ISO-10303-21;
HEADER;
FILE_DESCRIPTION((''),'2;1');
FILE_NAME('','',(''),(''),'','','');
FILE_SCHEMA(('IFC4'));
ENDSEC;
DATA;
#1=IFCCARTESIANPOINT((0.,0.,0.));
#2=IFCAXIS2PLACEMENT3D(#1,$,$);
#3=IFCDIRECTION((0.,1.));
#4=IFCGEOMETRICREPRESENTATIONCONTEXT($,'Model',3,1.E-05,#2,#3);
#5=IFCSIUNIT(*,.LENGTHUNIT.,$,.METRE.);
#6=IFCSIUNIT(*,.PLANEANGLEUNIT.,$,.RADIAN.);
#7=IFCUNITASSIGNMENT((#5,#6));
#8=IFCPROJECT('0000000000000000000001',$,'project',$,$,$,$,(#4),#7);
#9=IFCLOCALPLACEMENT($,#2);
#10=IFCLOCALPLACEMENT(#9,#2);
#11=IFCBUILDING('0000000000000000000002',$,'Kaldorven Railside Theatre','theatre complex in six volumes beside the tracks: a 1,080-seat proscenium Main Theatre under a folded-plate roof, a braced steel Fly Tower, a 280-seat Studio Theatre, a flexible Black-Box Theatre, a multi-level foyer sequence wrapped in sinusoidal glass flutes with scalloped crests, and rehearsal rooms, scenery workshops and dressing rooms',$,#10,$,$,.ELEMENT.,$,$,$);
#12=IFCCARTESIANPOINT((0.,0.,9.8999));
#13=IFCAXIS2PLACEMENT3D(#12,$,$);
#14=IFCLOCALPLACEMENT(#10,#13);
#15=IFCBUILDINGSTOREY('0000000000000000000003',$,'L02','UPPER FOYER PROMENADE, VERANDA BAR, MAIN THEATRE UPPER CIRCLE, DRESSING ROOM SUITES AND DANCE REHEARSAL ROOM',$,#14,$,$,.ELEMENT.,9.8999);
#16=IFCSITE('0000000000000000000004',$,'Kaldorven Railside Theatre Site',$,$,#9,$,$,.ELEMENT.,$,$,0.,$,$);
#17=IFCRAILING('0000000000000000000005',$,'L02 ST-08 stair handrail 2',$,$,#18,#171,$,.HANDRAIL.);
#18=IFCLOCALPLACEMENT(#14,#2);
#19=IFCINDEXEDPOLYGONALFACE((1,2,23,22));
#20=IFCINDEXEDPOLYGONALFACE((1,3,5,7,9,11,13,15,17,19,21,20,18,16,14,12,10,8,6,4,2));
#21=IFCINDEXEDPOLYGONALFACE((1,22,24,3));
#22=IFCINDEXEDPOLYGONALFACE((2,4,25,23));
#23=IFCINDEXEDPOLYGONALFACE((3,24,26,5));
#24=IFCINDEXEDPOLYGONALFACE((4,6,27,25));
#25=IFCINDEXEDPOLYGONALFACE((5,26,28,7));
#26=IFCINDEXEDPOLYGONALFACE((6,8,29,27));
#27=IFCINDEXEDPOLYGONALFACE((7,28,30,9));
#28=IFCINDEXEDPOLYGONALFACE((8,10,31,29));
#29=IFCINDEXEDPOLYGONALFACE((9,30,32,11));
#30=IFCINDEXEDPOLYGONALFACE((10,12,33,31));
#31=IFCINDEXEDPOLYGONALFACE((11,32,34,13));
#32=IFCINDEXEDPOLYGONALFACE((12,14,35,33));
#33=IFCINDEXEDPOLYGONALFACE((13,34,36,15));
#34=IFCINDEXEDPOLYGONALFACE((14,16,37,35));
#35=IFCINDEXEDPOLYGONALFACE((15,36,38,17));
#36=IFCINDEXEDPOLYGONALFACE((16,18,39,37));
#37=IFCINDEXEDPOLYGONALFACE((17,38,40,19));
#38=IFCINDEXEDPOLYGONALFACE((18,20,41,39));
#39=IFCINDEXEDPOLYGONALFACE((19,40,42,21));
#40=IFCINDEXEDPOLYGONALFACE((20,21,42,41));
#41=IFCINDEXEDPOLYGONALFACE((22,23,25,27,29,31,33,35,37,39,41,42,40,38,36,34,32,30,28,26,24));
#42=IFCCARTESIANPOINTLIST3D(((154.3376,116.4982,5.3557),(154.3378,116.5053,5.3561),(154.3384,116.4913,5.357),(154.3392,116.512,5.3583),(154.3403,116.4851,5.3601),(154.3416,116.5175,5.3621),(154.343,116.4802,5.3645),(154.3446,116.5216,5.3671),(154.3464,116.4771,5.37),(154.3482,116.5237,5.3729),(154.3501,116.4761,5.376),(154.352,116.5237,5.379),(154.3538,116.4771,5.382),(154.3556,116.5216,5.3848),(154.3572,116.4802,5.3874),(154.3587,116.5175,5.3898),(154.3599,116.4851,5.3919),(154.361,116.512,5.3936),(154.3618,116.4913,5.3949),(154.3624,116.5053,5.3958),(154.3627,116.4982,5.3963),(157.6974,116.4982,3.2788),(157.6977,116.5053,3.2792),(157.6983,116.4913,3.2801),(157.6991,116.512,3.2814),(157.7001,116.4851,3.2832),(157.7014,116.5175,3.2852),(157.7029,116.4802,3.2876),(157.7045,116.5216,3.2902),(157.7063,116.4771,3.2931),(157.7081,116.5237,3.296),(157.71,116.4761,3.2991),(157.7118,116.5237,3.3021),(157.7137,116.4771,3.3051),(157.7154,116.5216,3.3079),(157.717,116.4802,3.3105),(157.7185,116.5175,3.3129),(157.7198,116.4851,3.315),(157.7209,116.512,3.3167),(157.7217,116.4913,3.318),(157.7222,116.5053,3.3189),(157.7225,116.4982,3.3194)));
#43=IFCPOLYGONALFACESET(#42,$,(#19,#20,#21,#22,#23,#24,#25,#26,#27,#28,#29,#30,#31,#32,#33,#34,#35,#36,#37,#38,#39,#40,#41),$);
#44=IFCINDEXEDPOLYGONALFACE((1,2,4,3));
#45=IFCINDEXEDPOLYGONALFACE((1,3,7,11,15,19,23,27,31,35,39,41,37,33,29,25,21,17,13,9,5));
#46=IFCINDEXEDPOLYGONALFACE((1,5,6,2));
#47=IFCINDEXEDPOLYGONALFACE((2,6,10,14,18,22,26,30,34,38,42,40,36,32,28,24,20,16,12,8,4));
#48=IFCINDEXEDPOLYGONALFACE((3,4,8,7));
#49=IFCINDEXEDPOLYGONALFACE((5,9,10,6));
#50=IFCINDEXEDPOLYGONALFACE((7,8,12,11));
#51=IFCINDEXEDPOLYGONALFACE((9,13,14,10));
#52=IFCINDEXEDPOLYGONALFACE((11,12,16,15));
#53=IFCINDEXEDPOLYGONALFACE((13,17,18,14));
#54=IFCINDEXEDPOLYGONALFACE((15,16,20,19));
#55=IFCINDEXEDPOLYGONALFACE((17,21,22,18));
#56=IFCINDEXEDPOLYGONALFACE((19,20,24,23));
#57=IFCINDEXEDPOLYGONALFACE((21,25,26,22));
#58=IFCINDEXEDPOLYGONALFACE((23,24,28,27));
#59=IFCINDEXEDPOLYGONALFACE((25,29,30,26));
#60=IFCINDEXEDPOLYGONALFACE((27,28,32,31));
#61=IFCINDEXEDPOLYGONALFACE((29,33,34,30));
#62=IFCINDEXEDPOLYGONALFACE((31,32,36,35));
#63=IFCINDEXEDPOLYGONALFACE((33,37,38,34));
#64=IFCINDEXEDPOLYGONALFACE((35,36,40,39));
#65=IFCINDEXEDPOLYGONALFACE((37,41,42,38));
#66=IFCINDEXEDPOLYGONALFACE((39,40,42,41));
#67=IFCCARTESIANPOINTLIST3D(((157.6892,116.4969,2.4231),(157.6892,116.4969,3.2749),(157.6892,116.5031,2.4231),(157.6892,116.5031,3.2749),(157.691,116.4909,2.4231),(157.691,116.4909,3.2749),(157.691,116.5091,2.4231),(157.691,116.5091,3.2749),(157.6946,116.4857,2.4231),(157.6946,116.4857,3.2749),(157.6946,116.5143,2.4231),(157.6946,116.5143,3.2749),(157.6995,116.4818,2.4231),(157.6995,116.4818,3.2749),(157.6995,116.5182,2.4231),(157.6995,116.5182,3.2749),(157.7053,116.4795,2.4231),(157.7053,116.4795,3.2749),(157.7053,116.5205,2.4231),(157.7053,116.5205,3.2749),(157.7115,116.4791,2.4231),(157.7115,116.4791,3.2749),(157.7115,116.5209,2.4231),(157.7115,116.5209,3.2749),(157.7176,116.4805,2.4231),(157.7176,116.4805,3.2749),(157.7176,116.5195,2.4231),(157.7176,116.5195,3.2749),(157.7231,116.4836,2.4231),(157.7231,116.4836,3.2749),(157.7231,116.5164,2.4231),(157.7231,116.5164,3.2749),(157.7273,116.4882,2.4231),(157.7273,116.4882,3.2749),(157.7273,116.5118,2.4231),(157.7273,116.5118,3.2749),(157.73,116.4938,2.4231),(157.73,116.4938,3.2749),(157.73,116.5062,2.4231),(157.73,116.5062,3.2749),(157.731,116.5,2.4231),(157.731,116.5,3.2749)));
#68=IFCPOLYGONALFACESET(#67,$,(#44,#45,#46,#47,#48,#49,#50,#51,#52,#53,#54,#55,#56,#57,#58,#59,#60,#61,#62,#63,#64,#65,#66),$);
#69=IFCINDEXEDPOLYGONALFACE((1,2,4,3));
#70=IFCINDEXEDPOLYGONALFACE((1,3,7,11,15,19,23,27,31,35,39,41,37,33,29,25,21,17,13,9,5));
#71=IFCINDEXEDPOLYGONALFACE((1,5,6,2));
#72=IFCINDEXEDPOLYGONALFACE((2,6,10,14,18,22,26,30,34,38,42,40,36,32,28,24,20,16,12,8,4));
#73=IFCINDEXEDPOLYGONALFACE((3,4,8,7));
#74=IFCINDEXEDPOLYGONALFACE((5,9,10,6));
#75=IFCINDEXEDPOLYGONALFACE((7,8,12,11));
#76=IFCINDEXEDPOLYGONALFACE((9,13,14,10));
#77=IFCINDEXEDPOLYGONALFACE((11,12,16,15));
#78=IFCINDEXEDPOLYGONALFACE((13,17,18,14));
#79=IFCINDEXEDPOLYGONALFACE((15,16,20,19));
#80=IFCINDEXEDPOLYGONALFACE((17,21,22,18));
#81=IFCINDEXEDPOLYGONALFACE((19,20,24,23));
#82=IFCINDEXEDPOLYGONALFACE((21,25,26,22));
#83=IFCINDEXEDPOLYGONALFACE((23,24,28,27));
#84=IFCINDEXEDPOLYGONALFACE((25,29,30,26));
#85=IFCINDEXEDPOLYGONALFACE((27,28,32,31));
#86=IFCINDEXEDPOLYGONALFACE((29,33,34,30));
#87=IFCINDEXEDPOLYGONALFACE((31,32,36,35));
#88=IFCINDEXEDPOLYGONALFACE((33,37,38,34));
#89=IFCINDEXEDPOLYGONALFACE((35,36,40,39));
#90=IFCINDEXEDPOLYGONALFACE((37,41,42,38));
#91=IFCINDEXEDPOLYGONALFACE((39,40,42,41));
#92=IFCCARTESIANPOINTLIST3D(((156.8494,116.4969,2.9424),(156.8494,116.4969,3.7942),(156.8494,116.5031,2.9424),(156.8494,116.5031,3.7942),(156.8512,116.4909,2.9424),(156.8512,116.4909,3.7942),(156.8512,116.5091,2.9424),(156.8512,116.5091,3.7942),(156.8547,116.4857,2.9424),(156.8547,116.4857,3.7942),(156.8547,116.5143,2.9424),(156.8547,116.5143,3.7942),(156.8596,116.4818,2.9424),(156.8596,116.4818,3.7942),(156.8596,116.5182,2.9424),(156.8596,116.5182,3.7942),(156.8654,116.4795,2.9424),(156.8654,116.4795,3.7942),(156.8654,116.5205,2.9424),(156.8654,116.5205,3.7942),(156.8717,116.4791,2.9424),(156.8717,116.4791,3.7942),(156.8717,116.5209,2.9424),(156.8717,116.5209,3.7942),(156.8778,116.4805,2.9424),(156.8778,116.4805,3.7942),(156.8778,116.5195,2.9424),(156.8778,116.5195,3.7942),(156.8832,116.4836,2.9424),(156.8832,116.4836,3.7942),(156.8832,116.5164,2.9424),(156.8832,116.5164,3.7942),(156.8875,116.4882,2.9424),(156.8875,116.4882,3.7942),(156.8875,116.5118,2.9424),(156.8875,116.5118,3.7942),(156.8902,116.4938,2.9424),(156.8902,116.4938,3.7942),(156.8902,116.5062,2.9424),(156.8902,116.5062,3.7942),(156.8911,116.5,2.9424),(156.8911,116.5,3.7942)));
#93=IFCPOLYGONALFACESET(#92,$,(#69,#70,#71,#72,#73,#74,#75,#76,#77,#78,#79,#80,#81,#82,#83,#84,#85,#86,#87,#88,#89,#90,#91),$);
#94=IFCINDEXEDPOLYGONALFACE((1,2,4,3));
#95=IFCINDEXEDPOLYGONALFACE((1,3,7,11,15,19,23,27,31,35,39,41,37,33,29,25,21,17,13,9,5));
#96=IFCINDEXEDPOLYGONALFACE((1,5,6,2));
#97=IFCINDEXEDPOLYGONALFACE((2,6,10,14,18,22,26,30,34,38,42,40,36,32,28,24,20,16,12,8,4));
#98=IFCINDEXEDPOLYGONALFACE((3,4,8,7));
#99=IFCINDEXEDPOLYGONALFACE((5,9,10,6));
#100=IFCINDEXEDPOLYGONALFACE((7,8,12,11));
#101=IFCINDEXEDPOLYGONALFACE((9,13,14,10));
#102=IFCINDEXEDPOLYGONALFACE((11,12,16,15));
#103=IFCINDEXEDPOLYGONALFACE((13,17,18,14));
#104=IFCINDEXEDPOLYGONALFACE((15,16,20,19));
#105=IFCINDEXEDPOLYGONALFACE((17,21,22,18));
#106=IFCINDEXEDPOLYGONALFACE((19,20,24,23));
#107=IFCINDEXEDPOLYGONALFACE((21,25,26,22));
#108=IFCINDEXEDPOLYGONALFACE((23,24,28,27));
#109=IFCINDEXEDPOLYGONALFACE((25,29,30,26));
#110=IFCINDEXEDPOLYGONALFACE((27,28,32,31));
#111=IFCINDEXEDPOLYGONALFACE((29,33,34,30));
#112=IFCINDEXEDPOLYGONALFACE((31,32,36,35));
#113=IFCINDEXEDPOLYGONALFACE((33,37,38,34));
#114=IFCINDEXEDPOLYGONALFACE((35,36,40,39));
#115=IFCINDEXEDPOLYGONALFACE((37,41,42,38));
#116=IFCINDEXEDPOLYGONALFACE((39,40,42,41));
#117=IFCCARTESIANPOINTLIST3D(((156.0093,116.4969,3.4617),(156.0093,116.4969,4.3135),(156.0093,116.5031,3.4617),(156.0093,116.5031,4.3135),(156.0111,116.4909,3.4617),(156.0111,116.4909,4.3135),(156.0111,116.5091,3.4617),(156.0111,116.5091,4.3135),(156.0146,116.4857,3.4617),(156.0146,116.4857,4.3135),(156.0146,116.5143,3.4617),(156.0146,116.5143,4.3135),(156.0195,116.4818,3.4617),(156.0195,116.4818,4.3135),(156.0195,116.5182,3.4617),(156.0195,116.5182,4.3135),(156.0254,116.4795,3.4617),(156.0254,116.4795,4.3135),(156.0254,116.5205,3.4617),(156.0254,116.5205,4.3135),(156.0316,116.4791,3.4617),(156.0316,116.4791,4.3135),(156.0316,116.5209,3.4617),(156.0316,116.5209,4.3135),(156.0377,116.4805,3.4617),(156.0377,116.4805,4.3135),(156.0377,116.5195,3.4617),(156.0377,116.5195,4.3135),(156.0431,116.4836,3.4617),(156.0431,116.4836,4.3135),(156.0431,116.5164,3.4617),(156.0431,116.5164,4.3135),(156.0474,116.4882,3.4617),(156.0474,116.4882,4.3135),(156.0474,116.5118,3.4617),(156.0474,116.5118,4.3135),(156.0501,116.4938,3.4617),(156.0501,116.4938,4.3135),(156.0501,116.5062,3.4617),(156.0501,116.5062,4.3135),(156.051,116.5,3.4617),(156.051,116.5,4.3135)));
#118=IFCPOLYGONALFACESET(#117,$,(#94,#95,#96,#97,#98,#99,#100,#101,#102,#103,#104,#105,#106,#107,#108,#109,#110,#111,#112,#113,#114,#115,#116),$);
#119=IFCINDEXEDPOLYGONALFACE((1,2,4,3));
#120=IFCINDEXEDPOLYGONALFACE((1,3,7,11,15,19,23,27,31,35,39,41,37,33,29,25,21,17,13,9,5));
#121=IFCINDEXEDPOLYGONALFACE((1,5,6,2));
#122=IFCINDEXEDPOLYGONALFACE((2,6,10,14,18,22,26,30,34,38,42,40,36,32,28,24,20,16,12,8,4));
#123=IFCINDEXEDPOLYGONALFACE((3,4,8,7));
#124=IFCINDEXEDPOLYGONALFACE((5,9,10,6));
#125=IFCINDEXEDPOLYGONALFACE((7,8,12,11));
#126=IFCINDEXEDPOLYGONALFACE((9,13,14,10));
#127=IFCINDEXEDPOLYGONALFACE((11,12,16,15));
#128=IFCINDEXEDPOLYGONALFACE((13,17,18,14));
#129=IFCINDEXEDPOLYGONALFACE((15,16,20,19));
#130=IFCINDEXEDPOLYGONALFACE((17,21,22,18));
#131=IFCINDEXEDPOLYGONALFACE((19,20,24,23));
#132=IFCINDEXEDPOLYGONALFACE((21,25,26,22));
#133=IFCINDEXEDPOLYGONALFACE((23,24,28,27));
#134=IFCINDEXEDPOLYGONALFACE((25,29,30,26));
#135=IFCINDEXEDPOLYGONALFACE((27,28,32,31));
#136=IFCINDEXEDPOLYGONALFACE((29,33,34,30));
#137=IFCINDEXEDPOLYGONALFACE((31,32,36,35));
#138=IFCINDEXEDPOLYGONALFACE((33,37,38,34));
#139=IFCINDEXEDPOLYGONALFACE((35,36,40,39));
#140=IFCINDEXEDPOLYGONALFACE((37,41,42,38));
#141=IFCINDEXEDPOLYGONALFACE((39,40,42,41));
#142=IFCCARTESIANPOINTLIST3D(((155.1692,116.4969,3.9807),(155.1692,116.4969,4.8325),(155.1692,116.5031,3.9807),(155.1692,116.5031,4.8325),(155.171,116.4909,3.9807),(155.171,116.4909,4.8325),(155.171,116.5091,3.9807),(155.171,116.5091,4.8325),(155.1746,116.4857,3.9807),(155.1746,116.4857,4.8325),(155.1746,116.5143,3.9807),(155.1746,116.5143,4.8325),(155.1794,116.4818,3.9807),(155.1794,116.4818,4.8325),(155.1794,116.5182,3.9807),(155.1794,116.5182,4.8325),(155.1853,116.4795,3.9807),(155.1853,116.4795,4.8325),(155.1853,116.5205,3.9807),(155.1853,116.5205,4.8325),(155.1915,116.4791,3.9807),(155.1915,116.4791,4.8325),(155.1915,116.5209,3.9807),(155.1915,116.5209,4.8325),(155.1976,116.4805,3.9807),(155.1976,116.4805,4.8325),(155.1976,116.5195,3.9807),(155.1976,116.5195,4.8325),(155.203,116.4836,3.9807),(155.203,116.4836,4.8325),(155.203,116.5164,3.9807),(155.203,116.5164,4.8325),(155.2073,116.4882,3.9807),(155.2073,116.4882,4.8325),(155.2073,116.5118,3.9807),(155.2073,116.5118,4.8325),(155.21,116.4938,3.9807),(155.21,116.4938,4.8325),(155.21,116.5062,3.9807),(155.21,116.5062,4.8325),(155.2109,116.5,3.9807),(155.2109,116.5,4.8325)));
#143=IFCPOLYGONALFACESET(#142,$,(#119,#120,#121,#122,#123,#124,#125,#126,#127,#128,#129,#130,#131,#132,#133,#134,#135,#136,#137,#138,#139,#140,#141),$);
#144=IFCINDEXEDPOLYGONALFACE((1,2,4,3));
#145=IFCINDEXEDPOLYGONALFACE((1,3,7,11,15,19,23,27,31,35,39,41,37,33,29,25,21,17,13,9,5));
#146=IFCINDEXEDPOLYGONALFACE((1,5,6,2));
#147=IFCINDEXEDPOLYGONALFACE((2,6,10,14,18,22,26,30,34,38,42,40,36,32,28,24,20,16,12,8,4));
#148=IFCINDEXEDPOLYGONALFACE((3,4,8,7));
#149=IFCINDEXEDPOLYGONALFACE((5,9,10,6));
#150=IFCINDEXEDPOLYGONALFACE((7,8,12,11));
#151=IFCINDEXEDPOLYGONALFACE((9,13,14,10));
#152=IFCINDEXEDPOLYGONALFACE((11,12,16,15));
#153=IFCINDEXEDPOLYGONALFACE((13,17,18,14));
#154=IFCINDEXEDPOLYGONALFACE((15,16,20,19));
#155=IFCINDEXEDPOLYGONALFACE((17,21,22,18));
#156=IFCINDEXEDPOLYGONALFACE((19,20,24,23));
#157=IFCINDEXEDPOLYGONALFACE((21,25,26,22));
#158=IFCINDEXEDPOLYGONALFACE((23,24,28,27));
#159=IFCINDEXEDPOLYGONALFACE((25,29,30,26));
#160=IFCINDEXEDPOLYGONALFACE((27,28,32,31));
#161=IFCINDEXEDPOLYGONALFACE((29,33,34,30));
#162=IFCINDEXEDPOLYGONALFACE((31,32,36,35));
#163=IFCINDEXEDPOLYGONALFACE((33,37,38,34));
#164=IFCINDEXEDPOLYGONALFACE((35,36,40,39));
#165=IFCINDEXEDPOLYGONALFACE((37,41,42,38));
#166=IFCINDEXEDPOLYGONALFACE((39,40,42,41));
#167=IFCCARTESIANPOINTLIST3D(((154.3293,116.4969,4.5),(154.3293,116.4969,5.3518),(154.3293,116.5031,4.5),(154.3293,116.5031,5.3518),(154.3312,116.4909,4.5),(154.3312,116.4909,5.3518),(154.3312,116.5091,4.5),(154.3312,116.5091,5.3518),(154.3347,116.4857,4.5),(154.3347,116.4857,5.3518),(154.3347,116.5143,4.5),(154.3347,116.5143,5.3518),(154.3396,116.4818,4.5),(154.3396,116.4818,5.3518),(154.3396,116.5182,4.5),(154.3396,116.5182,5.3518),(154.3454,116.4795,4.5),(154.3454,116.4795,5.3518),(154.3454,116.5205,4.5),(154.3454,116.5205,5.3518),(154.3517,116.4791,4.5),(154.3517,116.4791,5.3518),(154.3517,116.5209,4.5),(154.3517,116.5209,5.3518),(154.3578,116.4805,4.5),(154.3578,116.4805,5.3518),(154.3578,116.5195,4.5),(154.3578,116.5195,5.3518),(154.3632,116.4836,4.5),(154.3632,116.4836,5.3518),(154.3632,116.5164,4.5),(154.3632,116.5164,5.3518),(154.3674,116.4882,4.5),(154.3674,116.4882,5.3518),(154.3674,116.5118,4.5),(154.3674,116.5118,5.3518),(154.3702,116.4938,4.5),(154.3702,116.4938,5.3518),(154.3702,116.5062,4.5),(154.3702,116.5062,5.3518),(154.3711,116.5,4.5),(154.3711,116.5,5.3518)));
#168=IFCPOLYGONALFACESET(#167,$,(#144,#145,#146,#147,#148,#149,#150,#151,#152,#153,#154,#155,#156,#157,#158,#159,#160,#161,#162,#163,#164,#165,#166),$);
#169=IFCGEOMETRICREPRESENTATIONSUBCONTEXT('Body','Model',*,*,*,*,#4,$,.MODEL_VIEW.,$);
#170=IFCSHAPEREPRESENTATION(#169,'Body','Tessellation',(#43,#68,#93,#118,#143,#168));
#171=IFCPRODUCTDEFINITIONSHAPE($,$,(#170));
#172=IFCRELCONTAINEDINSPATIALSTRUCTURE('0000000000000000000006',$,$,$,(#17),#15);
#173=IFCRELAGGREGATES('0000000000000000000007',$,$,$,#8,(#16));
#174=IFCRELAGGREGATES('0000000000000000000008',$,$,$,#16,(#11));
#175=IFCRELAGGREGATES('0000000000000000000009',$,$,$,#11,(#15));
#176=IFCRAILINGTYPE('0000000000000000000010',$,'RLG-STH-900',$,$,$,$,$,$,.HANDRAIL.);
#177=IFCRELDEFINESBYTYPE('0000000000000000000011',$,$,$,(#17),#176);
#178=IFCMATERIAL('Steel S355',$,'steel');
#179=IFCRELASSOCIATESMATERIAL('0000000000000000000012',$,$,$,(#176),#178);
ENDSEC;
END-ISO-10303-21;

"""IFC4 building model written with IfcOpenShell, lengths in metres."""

from ifc_helpers import new_model, si_unit, direction, frame, origin, origin_2d, place, context, subcontext, project, spatial, circle, extrude, material, type_object, element, save


model = new_model("IFC4")

# Units and contexts
model_context = context("Model", 3, precision=1e-05, world=origin(), true_north=direction((0.0, 1.0)))
body_context = subcontext(model_context, "Body", "Model", "MODEL_VIEW")
ifc_project = project(units=[si_unit("LENGTHUNIT", "METRE"), si_unit("PLANEANGLEUNIT", "RADIAN")], contexts=[model_context])

# Site, building, storey
site_placement = place(None, origin())
site = spatial("IfcSite", under=ifc_project, at=site_placement, Name="Kaldorven Railside Theatre Site", CompositionType="ELEMENT", RefElevation=0.0)
building_placement = place(site_placement, origin())
building = spatial("IfcBuilding", under=site, at=building_placement, Name="Kaldorven Railside Theatre", Description="theatre complex in six volumes beside the tracks: a 1,080-seat proscenium Main Theatre under a folded-plate roof, a braced steel Fly Tower, a 280-seat Studio Theatre, a flexible Black-Box Theatre, a multi-level foyer sequence wrapped in sinusoidal glass flutes with scalloped crests, and rehearsal rooms, scenery workshops and dressing rooms", CompositionType="ELEMENT")
storey_placement = place(building_placement, frame((0.0, 0.0, 9.8999)))
storey = spatial("IfcBuildingStorey", under=building, at=storey_placement, Name="L02", Description="UPPER FOYER PROMENADE, VERANDA BAR, MAIN THEATRE UPPER CIRCLE, DRESSING ROOM SUITES AND DANCE REHEARSAL ROOM", CompositionType="ELEMENT", Elevation=9.8999)

# Shared definitions
ifc_material_1 = material(Name="Steel S355", Category="steel")

# Railing
railing_type_1 = type_object("IfcRailingType", Name="RLG-STH-900", PredefinedType="HANDRAIL", material=ifc_material_1)
railing_1_placement = place(storey_placement, frame((157.71, 116.5, 2.4231)))
element("IfcRailing", 1, at=railing_1_placement, inside=storey, type_object=railing_type_1, Name="L02 ST-08 stair handrail 2", PredefinedType="HANDRAIL", context=body_context, shape_type="SweptSolid", body=[
    extrude(circle(Radius=0.0239, at=origin_2d()), frame((0.0, 0.0, 0.876), z_axis=(-0.850606, 0.0, 0.525803), x_axis=(0.0, -1.0, 0.0)), (0.0, 0.0, 1.0), 3.95),
    extrude(circle(Radius=0.021, at=origin_2d()), origin(), (0.0, 0.0, 1.0), 0.8518),
    extrude(circle(Radius=0.021, at=origin_2d()), frame((-0.8398, 0.0, 0.5193)), (0.0, 0.0, 1.0), 0.8518),
    extrude(circle(Radius=0.021, at=origin_2d()), frame((-1.6799, 0.0, 1.0386)), (0.0, 0.0, 1.0), 0.8518),
    extrude(circle(Radius=0.021, at=origin_2d()), frame((-2.52, 0.0, 1.5576)), (0.0, 0.0, 1.0), 0.8518),
    extrude(circle(Radius=0.021, at=origin_2d()), frame((-3.3599, 0.0, 2.0769)), (0.0, 0.0, 1.0), 0.8518),
])

save(model, "model.ifc")
